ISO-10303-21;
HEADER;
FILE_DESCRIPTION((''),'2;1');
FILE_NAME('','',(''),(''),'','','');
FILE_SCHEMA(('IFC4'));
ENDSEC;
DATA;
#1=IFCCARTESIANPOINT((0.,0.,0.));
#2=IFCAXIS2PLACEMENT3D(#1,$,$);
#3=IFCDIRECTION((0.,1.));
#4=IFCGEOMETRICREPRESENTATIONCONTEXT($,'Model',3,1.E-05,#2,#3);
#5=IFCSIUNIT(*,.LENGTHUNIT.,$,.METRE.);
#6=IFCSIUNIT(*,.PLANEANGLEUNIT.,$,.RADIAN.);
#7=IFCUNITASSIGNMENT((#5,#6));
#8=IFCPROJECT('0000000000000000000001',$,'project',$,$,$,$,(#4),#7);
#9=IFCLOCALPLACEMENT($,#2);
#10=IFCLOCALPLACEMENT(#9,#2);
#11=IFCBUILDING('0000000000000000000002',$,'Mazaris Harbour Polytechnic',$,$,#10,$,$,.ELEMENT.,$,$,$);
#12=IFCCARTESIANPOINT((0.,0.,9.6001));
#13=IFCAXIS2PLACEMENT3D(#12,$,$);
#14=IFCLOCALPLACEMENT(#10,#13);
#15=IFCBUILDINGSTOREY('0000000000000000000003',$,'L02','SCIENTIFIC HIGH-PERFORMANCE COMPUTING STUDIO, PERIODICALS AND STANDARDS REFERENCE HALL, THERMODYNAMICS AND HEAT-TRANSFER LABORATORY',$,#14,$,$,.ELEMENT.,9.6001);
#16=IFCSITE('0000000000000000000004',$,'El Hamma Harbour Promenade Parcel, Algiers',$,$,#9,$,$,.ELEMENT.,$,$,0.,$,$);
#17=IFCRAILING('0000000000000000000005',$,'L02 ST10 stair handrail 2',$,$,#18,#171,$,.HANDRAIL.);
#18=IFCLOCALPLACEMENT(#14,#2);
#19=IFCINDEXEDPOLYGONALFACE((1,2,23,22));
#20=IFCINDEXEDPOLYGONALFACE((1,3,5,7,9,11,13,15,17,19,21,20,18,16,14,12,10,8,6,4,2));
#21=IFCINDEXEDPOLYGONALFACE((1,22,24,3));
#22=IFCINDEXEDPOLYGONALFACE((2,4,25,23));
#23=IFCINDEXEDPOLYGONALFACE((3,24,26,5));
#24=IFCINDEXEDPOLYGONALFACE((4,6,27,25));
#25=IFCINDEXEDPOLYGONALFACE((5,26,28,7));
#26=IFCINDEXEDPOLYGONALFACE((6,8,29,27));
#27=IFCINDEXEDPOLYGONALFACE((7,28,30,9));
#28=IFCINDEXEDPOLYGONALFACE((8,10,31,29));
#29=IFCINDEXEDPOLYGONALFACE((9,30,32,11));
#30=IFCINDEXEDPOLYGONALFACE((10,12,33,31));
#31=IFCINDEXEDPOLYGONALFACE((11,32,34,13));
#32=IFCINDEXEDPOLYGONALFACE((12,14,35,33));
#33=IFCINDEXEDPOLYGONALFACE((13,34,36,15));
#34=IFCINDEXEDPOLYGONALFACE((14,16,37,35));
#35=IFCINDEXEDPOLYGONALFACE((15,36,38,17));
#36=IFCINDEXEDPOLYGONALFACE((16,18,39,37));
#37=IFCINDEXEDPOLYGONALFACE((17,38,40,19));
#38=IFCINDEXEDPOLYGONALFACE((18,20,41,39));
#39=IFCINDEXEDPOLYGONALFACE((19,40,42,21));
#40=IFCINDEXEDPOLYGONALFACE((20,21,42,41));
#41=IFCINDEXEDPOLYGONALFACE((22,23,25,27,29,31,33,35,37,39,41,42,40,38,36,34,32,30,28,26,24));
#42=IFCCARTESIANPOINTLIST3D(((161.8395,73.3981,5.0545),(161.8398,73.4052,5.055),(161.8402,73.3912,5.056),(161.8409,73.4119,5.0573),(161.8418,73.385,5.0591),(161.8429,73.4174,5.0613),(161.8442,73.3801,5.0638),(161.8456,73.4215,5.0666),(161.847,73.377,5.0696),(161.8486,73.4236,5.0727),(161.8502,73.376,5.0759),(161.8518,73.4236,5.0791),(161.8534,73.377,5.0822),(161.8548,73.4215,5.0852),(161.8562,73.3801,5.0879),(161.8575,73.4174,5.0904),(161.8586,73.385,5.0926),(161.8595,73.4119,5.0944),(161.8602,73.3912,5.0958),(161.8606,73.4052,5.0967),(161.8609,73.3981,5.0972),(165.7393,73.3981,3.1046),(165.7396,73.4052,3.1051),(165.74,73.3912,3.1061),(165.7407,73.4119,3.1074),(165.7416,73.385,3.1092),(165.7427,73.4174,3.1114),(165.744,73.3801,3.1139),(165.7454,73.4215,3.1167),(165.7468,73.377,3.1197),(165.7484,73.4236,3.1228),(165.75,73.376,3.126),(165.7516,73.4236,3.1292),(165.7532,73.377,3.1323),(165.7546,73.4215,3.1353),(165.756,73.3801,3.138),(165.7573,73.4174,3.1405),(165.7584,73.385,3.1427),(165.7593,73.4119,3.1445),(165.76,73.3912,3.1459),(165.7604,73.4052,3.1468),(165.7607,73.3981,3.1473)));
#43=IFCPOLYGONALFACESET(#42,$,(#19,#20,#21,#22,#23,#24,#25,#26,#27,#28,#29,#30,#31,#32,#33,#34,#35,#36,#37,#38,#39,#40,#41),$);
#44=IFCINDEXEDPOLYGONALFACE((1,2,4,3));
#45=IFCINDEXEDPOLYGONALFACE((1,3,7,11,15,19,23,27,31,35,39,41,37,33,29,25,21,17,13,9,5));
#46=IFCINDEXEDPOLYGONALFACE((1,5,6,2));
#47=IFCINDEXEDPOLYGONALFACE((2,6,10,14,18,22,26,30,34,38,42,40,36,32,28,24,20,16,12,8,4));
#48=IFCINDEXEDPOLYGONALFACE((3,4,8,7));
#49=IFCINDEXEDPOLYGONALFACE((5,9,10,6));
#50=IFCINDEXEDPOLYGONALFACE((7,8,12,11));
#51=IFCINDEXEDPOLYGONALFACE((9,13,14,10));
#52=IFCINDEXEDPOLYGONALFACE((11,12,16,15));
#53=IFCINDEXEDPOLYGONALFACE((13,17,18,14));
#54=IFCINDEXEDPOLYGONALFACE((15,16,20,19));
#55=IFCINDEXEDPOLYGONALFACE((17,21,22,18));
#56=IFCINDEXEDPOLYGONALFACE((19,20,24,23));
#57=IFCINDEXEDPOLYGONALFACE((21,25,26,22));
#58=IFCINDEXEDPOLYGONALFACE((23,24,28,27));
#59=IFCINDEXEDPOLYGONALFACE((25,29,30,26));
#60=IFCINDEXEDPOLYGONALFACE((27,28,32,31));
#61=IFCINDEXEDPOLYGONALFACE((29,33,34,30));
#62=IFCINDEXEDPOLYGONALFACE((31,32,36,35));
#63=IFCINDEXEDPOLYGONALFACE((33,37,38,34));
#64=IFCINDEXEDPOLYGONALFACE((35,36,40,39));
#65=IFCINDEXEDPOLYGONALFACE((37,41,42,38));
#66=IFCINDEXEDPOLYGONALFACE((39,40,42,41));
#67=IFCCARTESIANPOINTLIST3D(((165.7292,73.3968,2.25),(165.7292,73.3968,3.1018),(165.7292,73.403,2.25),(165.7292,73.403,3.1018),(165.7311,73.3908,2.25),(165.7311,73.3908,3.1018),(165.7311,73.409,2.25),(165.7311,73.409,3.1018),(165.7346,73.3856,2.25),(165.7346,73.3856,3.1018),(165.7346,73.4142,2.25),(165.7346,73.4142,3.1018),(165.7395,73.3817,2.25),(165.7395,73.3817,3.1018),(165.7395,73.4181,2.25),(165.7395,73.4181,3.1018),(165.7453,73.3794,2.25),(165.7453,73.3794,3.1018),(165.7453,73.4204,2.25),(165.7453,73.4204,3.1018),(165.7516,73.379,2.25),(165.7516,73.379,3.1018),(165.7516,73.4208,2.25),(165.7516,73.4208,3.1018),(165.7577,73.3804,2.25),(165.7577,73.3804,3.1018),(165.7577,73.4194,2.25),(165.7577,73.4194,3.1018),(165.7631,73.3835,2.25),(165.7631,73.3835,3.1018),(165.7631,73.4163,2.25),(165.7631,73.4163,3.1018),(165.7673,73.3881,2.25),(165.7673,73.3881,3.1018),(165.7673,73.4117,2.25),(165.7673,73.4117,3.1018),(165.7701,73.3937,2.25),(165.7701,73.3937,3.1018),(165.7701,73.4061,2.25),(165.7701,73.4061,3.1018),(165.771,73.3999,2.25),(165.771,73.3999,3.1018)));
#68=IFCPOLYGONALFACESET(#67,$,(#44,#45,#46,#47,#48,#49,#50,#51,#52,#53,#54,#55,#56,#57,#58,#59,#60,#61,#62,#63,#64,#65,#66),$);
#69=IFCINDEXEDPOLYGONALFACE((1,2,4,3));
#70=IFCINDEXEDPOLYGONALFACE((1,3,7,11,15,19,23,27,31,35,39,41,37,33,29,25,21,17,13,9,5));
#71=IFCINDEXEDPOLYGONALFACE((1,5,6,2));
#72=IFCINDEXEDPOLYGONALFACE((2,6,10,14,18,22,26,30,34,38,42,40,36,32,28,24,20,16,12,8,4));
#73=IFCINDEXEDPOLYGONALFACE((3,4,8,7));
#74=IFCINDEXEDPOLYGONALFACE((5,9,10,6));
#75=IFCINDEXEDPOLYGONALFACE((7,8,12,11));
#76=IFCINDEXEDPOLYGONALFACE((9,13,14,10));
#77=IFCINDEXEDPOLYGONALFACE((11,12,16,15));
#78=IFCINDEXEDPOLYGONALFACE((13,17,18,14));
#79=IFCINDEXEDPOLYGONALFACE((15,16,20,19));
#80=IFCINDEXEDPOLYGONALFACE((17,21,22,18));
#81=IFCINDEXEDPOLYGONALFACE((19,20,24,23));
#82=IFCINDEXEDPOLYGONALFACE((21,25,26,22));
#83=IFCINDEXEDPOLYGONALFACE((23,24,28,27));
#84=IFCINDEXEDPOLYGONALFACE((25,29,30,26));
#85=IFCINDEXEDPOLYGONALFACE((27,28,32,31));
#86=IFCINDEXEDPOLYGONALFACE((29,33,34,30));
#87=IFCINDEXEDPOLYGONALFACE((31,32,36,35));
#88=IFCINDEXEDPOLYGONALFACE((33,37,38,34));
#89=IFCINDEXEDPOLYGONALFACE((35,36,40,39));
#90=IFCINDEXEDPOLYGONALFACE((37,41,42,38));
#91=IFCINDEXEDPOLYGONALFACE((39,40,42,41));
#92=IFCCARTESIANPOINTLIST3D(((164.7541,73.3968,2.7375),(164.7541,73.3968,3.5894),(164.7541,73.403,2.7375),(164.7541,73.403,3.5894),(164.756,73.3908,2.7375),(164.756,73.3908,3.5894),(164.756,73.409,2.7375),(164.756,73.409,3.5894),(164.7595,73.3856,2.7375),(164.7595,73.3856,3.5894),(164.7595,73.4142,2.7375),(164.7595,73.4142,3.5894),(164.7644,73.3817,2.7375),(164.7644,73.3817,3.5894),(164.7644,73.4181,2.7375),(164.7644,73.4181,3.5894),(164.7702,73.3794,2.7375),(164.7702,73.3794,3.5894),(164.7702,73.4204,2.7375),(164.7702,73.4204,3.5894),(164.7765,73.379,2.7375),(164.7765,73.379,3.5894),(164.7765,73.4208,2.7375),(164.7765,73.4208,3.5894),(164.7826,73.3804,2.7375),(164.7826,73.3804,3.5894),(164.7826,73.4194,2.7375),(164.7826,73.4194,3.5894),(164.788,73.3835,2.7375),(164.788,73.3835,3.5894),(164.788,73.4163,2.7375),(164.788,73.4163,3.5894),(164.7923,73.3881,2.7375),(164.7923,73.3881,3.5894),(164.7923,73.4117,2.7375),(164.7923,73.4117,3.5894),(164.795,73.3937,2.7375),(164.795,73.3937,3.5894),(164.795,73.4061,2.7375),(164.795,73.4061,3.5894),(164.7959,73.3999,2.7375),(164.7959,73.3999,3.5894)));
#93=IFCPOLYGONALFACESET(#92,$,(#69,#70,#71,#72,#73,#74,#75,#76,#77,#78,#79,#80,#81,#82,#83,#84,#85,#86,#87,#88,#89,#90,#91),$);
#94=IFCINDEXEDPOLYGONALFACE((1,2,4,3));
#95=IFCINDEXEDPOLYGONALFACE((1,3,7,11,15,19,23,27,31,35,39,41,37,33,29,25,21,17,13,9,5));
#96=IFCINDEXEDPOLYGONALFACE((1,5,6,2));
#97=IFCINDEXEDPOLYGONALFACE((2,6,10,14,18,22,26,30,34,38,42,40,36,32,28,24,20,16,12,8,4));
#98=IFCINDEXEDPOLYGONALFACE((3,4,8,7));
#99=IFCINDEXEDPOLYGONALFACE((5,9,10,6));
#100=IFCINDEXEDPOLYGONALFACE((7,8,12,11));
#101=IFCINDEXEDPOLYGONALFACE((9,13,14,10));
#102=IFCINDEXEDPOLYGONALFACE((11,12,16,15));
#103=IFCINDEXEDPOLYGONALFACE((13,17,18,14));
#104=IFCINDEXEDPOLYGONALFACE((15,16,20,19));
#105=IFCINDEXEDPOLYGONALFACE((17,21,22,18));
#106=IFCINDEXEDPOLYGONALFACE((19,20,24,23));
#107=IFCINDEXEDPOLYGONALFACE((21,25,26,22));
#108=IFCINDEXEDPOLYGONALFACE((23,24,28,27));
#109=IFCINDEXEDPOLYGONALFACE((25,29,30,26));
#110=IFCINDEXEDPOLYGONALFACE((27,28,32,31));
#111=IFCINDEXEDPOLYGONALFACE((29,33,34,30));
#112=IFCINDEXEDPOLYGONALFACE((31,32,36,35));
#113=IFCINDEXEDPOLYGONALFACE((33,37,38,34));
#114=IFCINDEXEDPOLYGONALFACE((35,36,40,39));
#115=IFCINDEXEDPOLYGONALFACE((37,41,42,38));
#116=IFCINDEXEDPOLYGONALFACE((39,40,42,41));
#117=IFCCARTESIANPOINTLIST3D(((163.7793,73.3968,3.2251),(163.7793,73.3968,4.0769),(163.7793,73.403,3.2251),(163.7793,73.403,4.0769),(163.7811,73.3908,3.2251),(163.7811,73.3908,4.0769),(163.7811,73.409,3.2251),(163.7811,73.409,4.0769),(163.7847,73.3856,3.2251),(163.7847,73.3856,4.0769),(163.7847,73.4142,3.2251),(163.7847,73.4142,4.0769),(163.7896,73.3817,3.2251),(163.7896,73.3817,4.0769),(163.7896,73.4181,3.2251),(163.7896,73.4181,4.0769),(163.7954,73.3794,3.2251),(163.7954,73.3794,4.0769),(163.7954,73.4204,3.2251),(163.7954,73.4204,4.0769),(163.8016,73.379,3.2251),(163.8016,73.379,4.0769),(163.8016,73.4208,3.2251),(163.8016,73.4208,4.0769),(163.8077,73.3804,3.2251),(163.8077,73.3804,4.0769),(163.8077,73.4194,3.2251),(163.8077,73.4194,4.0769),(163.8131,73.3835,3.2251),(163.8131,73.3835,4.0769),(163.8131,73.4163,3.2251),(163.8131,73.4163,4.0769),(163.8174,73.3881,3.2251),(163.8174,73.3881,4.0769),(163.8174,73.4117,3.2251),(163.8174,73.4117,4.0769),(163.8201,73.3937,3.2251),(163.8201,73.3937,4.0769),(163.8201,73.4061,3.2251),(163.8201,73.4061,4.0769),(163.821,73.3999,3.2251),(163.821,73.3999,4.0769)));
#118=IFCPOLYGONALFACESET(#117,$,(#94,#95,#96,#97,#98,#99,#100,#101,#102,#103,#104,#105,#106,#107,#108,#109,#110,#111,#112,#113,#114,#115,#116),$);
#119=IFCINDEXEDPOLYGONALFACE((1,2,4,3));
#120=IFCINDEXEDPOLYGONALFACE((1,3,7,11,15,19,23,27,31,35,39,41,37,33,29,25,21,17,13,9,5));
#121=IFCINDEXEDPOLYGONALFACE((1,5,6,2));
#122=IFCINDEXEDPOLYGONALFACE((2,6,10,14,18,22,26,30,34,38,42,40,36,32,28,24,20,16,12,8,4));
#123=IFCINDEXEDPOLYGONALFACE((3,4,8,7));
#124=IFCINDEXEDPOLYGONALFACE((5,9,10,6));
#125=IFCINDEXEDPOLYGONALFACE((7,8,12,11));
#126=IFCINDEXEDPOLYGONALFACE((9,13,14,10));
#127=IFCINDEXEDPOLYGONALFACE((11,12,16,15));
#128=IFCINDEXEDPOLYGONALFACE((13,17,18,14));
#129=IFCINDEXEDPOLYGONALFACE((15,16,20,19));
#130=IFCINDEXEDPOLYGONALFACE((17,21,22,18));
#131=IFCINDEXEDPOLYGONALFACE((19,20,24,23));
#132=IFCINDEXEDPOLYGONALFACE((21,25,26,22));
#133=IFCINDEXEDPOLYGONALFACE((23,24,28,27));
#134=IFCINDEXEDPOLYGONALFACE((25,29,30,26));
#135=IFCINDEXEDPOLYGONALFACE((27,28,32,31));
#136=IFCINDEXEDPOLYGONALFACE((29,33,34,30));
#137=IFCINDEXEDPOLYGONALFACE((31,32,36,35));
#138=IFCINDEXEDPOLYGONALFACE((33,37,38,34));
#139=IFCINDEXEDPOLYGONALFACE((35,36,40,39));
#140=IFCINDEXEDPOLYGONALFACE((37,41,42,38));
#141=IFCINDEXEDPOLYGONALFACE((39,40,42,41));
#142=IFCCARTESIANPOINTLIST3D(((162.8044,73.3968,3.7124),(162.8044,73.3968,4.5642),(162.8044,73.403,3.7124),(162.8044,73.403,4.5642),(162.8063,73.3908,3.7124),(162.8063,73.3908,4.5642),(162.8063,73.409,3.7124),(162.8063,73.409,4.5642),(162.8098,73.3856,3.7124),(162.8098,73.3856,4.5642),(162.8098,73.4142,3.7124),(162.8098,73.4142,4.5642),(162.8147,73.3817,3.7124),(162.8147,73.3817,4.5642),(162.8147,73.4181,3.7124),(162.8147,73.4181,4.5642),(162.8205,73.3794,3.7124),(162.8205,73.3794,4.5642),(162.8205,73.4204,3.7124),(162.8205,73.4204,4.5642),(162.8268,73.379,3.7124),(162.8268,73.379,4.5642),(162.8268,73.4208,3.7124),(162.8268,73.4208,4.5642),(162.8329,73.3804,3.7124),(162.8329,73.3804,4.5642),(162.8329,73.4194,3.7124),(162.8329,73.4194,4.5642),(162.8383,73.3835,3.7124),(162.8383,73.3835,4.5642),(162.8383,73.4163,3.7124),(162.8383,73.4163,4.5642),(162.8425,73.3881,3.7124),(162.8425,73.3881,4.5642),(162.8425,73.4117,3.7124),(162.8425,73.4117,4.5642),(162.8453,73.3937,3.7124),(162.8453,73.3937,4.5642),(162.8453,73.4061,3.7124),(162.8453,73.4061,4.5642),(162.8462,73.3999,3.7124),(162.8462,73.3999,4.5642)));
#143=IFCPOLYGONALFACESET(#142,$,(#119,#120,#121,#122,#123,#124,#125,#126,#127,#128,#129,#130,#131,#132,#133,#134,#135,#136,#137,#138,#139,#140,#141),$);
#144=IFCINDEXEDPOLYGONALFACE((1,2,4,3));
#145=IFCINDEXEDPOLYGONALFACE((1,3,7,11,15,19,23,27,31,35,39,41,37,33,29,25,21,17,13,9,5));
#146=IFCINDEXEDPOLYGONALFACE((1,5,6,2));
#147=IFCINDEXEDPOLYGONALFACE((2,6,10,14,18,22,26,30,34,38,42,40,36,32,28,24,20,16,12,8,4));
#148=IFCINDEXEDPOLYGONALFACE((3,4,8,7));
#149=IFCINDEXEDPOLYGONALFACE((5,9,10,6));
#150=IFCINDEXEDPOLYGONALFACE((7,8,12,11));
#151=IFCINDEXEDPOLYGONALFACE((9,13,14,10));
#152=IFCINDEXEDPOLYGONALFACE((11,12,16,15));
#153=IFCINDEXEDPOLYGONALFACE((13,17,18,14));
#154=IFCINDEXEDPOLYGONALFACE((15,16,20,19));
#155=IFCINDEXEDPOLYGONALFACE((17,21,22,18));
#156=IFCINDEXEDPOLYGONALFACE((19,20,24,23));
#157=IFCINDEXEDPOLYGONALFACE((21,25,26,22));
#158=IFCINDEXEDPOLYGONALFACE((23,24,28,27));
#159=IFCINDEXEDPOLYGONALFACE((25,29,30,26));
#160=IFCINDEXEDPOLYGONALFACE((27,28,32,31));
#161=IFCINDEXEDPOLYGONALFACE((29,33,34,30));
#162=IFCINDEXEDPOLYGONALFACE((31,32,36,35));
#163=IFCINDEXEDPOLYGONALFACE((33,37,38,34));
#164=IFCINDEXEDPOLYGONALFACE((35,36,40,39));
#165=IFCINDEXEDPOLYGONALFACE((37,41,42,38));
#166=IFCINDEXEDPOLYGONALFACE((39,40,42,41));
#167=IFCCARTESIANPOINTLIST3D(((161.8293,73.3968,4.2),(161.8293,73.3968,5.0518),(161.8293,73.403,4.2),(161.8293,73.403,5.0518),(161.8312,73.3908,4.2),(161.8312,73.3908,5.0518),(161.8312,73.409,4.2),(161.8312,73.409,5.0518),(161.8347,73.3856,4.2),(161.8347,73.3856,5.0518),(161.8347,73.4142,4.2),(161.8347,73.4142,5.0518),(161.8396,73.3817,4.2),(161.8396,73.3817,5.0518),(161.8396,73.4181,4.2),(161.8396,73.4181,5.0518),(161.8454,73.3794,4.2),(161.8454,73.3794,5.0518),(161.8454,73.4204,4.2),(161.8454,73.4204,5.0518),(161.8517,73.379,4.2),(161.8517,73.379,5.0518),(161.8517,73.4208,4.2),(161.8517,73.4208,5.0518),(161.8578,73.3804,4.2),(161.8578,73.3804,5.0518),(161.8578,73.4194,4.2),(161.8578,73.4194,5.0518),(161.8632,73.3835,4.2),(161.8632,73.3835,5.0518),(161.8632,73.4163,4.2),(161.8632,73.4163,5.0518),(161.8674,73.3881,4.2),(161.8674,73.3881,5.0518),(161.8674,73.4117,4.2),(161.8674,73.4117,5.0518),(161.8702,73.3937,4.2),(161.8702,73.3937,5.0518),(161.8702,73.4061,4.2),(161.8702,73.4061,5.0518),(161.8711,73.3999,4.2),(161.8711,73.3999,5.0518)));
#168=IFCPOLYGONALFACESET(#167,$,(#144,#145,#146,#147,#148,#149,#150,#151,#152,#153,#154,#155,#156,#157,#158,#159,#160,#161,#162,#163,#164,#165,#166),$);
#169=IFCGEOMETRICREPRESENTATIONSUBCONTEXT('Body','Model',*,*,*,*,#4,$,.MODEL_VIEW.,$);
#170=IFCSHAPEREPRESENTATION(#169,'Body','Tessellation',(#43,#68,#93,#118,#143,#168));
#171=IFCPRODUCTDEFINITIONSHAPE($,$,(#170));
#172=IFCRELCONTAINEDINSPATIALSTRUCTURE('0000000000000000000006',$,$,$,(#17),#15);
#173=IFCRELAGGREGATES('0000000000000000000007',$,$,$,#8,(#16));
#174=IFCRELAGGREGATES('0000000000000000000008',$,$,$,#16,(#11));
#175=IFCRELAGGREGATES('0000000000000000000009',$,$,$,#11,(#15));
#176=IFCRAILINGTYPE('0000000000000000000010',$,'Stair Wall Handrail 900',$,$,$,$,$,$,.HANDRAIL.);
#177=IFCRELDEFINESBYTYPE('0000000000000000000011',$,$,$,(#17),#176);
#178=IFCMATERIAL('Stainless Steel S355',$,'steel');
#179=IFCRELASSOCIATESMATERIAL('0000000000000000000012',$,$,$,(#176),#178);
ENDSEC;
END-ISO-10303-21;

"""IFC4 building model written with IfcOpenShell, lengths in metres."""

from ifc_helpers import new_model, si_unit, direction, frame, origin, origin_2d, place, context, subcontext, project, spatial, circle, extrude, material, type_object, element, save


model = new_model("IFC4")

# Units and contexts
model_context = context("Model", 3, precision=1e-05, world=origin(), true_north=direction((0.0, 1.0)))
body_context = subcontext(model_context, "Body", "Model", "MODEL_VIEW")
ifc_project = project(units=[si_unit("LENGTHUNIT", "METRE"), si_unit("PLANEANGLEUNIT", "RADIAN")], contexts=[model_context])

# Site, building, storey
site_placement = place(None, origin())
site = spatial("IfcSite", under=ifc_project, at=site_placement, Name="El Hamma Harbour Promenade Parcel, Algiers", CompositionType="ELEMENT", RefElevation=0.0)
building_placement = place(site_placement, origin())
building = spatial("IfcBuilding", under=site, at=building_placement, Name="Mazaris Harbour Polytechnic", CompositionType="ELEMENT")
storey_placement = place(building_placement, frame((0.0, 0.0, 9.6001)))
storey = spatial("IfcBuildingStorey", under=building, at=storey_placement, Name="L02", Description="SCIENTIFIC HIGH-PERFORMANCE COMPUTING STUDIO, PERIODICALS AND STANDARDS REFERENCE HALL, THERMODYNAMICS AND HEAT-TRANSFER LABORATORY", CompositionType="ELEMENT", Elevation=9.6001)

# Railing
ifc_material_1 = material(Name="Stainless Steel S355", Category="steel")
railing_type_1 = type_object("IfcRailingType", Name="Stair Wall Handrail 900", PredefinedType="HANDRAIL", material=ifc_material_1)
railing_1_placement = place(storey_placement, frame((165.75, 73.3999, 2.25)))
element("IfcRailing", 1, at=railing_1_placement, inside=storey, type_object=railing_type_1, Name="L02 ST10 stair handrail 2", PredefinedType="HANDRAIL", context=body_context, shape_type="SweptSolid", body=[
    extrude(circle(Radius=0.0239, at=origin_2d()), frame((0.0, 0.0, 0.876), z_axis=(-0.894427, 0.0, 0.447214), x_axis=(0.0, -1.0, 0.0)), (0.0, 0.0, 1.0), 4.3601),
    extrude(circle(Radius=0.021, at=origin_2d()), origin(), (0.0, 0.0, 1.0), 0.8518),
    extrude(circle(Radius=0.021, at=origin_2d()), frame((-0.9751, 0.0, 0.4875)), (0.0, 0.0, 1.0), 0.8518),
    extrude(circle(Radius=0.021, at=origin_2d()), frame((-1.95, 0.0, 0.9751)), (0.0, 0.0, 1.0), 0.8518),
    extrude(circle(Radius=0.021, at=origin_2d()), frame((-2.9248, 0.0, 1.4624)), (0.0, 0.0, 1.0), 0.8518),
    extrude(circle(Radius=0.021, at=origin_2d()), frame((-3.8999, 0.0, 1.95)), (0.0, 0.0, 1.0), 0.8518),
])

save(model, "model.ifc")
